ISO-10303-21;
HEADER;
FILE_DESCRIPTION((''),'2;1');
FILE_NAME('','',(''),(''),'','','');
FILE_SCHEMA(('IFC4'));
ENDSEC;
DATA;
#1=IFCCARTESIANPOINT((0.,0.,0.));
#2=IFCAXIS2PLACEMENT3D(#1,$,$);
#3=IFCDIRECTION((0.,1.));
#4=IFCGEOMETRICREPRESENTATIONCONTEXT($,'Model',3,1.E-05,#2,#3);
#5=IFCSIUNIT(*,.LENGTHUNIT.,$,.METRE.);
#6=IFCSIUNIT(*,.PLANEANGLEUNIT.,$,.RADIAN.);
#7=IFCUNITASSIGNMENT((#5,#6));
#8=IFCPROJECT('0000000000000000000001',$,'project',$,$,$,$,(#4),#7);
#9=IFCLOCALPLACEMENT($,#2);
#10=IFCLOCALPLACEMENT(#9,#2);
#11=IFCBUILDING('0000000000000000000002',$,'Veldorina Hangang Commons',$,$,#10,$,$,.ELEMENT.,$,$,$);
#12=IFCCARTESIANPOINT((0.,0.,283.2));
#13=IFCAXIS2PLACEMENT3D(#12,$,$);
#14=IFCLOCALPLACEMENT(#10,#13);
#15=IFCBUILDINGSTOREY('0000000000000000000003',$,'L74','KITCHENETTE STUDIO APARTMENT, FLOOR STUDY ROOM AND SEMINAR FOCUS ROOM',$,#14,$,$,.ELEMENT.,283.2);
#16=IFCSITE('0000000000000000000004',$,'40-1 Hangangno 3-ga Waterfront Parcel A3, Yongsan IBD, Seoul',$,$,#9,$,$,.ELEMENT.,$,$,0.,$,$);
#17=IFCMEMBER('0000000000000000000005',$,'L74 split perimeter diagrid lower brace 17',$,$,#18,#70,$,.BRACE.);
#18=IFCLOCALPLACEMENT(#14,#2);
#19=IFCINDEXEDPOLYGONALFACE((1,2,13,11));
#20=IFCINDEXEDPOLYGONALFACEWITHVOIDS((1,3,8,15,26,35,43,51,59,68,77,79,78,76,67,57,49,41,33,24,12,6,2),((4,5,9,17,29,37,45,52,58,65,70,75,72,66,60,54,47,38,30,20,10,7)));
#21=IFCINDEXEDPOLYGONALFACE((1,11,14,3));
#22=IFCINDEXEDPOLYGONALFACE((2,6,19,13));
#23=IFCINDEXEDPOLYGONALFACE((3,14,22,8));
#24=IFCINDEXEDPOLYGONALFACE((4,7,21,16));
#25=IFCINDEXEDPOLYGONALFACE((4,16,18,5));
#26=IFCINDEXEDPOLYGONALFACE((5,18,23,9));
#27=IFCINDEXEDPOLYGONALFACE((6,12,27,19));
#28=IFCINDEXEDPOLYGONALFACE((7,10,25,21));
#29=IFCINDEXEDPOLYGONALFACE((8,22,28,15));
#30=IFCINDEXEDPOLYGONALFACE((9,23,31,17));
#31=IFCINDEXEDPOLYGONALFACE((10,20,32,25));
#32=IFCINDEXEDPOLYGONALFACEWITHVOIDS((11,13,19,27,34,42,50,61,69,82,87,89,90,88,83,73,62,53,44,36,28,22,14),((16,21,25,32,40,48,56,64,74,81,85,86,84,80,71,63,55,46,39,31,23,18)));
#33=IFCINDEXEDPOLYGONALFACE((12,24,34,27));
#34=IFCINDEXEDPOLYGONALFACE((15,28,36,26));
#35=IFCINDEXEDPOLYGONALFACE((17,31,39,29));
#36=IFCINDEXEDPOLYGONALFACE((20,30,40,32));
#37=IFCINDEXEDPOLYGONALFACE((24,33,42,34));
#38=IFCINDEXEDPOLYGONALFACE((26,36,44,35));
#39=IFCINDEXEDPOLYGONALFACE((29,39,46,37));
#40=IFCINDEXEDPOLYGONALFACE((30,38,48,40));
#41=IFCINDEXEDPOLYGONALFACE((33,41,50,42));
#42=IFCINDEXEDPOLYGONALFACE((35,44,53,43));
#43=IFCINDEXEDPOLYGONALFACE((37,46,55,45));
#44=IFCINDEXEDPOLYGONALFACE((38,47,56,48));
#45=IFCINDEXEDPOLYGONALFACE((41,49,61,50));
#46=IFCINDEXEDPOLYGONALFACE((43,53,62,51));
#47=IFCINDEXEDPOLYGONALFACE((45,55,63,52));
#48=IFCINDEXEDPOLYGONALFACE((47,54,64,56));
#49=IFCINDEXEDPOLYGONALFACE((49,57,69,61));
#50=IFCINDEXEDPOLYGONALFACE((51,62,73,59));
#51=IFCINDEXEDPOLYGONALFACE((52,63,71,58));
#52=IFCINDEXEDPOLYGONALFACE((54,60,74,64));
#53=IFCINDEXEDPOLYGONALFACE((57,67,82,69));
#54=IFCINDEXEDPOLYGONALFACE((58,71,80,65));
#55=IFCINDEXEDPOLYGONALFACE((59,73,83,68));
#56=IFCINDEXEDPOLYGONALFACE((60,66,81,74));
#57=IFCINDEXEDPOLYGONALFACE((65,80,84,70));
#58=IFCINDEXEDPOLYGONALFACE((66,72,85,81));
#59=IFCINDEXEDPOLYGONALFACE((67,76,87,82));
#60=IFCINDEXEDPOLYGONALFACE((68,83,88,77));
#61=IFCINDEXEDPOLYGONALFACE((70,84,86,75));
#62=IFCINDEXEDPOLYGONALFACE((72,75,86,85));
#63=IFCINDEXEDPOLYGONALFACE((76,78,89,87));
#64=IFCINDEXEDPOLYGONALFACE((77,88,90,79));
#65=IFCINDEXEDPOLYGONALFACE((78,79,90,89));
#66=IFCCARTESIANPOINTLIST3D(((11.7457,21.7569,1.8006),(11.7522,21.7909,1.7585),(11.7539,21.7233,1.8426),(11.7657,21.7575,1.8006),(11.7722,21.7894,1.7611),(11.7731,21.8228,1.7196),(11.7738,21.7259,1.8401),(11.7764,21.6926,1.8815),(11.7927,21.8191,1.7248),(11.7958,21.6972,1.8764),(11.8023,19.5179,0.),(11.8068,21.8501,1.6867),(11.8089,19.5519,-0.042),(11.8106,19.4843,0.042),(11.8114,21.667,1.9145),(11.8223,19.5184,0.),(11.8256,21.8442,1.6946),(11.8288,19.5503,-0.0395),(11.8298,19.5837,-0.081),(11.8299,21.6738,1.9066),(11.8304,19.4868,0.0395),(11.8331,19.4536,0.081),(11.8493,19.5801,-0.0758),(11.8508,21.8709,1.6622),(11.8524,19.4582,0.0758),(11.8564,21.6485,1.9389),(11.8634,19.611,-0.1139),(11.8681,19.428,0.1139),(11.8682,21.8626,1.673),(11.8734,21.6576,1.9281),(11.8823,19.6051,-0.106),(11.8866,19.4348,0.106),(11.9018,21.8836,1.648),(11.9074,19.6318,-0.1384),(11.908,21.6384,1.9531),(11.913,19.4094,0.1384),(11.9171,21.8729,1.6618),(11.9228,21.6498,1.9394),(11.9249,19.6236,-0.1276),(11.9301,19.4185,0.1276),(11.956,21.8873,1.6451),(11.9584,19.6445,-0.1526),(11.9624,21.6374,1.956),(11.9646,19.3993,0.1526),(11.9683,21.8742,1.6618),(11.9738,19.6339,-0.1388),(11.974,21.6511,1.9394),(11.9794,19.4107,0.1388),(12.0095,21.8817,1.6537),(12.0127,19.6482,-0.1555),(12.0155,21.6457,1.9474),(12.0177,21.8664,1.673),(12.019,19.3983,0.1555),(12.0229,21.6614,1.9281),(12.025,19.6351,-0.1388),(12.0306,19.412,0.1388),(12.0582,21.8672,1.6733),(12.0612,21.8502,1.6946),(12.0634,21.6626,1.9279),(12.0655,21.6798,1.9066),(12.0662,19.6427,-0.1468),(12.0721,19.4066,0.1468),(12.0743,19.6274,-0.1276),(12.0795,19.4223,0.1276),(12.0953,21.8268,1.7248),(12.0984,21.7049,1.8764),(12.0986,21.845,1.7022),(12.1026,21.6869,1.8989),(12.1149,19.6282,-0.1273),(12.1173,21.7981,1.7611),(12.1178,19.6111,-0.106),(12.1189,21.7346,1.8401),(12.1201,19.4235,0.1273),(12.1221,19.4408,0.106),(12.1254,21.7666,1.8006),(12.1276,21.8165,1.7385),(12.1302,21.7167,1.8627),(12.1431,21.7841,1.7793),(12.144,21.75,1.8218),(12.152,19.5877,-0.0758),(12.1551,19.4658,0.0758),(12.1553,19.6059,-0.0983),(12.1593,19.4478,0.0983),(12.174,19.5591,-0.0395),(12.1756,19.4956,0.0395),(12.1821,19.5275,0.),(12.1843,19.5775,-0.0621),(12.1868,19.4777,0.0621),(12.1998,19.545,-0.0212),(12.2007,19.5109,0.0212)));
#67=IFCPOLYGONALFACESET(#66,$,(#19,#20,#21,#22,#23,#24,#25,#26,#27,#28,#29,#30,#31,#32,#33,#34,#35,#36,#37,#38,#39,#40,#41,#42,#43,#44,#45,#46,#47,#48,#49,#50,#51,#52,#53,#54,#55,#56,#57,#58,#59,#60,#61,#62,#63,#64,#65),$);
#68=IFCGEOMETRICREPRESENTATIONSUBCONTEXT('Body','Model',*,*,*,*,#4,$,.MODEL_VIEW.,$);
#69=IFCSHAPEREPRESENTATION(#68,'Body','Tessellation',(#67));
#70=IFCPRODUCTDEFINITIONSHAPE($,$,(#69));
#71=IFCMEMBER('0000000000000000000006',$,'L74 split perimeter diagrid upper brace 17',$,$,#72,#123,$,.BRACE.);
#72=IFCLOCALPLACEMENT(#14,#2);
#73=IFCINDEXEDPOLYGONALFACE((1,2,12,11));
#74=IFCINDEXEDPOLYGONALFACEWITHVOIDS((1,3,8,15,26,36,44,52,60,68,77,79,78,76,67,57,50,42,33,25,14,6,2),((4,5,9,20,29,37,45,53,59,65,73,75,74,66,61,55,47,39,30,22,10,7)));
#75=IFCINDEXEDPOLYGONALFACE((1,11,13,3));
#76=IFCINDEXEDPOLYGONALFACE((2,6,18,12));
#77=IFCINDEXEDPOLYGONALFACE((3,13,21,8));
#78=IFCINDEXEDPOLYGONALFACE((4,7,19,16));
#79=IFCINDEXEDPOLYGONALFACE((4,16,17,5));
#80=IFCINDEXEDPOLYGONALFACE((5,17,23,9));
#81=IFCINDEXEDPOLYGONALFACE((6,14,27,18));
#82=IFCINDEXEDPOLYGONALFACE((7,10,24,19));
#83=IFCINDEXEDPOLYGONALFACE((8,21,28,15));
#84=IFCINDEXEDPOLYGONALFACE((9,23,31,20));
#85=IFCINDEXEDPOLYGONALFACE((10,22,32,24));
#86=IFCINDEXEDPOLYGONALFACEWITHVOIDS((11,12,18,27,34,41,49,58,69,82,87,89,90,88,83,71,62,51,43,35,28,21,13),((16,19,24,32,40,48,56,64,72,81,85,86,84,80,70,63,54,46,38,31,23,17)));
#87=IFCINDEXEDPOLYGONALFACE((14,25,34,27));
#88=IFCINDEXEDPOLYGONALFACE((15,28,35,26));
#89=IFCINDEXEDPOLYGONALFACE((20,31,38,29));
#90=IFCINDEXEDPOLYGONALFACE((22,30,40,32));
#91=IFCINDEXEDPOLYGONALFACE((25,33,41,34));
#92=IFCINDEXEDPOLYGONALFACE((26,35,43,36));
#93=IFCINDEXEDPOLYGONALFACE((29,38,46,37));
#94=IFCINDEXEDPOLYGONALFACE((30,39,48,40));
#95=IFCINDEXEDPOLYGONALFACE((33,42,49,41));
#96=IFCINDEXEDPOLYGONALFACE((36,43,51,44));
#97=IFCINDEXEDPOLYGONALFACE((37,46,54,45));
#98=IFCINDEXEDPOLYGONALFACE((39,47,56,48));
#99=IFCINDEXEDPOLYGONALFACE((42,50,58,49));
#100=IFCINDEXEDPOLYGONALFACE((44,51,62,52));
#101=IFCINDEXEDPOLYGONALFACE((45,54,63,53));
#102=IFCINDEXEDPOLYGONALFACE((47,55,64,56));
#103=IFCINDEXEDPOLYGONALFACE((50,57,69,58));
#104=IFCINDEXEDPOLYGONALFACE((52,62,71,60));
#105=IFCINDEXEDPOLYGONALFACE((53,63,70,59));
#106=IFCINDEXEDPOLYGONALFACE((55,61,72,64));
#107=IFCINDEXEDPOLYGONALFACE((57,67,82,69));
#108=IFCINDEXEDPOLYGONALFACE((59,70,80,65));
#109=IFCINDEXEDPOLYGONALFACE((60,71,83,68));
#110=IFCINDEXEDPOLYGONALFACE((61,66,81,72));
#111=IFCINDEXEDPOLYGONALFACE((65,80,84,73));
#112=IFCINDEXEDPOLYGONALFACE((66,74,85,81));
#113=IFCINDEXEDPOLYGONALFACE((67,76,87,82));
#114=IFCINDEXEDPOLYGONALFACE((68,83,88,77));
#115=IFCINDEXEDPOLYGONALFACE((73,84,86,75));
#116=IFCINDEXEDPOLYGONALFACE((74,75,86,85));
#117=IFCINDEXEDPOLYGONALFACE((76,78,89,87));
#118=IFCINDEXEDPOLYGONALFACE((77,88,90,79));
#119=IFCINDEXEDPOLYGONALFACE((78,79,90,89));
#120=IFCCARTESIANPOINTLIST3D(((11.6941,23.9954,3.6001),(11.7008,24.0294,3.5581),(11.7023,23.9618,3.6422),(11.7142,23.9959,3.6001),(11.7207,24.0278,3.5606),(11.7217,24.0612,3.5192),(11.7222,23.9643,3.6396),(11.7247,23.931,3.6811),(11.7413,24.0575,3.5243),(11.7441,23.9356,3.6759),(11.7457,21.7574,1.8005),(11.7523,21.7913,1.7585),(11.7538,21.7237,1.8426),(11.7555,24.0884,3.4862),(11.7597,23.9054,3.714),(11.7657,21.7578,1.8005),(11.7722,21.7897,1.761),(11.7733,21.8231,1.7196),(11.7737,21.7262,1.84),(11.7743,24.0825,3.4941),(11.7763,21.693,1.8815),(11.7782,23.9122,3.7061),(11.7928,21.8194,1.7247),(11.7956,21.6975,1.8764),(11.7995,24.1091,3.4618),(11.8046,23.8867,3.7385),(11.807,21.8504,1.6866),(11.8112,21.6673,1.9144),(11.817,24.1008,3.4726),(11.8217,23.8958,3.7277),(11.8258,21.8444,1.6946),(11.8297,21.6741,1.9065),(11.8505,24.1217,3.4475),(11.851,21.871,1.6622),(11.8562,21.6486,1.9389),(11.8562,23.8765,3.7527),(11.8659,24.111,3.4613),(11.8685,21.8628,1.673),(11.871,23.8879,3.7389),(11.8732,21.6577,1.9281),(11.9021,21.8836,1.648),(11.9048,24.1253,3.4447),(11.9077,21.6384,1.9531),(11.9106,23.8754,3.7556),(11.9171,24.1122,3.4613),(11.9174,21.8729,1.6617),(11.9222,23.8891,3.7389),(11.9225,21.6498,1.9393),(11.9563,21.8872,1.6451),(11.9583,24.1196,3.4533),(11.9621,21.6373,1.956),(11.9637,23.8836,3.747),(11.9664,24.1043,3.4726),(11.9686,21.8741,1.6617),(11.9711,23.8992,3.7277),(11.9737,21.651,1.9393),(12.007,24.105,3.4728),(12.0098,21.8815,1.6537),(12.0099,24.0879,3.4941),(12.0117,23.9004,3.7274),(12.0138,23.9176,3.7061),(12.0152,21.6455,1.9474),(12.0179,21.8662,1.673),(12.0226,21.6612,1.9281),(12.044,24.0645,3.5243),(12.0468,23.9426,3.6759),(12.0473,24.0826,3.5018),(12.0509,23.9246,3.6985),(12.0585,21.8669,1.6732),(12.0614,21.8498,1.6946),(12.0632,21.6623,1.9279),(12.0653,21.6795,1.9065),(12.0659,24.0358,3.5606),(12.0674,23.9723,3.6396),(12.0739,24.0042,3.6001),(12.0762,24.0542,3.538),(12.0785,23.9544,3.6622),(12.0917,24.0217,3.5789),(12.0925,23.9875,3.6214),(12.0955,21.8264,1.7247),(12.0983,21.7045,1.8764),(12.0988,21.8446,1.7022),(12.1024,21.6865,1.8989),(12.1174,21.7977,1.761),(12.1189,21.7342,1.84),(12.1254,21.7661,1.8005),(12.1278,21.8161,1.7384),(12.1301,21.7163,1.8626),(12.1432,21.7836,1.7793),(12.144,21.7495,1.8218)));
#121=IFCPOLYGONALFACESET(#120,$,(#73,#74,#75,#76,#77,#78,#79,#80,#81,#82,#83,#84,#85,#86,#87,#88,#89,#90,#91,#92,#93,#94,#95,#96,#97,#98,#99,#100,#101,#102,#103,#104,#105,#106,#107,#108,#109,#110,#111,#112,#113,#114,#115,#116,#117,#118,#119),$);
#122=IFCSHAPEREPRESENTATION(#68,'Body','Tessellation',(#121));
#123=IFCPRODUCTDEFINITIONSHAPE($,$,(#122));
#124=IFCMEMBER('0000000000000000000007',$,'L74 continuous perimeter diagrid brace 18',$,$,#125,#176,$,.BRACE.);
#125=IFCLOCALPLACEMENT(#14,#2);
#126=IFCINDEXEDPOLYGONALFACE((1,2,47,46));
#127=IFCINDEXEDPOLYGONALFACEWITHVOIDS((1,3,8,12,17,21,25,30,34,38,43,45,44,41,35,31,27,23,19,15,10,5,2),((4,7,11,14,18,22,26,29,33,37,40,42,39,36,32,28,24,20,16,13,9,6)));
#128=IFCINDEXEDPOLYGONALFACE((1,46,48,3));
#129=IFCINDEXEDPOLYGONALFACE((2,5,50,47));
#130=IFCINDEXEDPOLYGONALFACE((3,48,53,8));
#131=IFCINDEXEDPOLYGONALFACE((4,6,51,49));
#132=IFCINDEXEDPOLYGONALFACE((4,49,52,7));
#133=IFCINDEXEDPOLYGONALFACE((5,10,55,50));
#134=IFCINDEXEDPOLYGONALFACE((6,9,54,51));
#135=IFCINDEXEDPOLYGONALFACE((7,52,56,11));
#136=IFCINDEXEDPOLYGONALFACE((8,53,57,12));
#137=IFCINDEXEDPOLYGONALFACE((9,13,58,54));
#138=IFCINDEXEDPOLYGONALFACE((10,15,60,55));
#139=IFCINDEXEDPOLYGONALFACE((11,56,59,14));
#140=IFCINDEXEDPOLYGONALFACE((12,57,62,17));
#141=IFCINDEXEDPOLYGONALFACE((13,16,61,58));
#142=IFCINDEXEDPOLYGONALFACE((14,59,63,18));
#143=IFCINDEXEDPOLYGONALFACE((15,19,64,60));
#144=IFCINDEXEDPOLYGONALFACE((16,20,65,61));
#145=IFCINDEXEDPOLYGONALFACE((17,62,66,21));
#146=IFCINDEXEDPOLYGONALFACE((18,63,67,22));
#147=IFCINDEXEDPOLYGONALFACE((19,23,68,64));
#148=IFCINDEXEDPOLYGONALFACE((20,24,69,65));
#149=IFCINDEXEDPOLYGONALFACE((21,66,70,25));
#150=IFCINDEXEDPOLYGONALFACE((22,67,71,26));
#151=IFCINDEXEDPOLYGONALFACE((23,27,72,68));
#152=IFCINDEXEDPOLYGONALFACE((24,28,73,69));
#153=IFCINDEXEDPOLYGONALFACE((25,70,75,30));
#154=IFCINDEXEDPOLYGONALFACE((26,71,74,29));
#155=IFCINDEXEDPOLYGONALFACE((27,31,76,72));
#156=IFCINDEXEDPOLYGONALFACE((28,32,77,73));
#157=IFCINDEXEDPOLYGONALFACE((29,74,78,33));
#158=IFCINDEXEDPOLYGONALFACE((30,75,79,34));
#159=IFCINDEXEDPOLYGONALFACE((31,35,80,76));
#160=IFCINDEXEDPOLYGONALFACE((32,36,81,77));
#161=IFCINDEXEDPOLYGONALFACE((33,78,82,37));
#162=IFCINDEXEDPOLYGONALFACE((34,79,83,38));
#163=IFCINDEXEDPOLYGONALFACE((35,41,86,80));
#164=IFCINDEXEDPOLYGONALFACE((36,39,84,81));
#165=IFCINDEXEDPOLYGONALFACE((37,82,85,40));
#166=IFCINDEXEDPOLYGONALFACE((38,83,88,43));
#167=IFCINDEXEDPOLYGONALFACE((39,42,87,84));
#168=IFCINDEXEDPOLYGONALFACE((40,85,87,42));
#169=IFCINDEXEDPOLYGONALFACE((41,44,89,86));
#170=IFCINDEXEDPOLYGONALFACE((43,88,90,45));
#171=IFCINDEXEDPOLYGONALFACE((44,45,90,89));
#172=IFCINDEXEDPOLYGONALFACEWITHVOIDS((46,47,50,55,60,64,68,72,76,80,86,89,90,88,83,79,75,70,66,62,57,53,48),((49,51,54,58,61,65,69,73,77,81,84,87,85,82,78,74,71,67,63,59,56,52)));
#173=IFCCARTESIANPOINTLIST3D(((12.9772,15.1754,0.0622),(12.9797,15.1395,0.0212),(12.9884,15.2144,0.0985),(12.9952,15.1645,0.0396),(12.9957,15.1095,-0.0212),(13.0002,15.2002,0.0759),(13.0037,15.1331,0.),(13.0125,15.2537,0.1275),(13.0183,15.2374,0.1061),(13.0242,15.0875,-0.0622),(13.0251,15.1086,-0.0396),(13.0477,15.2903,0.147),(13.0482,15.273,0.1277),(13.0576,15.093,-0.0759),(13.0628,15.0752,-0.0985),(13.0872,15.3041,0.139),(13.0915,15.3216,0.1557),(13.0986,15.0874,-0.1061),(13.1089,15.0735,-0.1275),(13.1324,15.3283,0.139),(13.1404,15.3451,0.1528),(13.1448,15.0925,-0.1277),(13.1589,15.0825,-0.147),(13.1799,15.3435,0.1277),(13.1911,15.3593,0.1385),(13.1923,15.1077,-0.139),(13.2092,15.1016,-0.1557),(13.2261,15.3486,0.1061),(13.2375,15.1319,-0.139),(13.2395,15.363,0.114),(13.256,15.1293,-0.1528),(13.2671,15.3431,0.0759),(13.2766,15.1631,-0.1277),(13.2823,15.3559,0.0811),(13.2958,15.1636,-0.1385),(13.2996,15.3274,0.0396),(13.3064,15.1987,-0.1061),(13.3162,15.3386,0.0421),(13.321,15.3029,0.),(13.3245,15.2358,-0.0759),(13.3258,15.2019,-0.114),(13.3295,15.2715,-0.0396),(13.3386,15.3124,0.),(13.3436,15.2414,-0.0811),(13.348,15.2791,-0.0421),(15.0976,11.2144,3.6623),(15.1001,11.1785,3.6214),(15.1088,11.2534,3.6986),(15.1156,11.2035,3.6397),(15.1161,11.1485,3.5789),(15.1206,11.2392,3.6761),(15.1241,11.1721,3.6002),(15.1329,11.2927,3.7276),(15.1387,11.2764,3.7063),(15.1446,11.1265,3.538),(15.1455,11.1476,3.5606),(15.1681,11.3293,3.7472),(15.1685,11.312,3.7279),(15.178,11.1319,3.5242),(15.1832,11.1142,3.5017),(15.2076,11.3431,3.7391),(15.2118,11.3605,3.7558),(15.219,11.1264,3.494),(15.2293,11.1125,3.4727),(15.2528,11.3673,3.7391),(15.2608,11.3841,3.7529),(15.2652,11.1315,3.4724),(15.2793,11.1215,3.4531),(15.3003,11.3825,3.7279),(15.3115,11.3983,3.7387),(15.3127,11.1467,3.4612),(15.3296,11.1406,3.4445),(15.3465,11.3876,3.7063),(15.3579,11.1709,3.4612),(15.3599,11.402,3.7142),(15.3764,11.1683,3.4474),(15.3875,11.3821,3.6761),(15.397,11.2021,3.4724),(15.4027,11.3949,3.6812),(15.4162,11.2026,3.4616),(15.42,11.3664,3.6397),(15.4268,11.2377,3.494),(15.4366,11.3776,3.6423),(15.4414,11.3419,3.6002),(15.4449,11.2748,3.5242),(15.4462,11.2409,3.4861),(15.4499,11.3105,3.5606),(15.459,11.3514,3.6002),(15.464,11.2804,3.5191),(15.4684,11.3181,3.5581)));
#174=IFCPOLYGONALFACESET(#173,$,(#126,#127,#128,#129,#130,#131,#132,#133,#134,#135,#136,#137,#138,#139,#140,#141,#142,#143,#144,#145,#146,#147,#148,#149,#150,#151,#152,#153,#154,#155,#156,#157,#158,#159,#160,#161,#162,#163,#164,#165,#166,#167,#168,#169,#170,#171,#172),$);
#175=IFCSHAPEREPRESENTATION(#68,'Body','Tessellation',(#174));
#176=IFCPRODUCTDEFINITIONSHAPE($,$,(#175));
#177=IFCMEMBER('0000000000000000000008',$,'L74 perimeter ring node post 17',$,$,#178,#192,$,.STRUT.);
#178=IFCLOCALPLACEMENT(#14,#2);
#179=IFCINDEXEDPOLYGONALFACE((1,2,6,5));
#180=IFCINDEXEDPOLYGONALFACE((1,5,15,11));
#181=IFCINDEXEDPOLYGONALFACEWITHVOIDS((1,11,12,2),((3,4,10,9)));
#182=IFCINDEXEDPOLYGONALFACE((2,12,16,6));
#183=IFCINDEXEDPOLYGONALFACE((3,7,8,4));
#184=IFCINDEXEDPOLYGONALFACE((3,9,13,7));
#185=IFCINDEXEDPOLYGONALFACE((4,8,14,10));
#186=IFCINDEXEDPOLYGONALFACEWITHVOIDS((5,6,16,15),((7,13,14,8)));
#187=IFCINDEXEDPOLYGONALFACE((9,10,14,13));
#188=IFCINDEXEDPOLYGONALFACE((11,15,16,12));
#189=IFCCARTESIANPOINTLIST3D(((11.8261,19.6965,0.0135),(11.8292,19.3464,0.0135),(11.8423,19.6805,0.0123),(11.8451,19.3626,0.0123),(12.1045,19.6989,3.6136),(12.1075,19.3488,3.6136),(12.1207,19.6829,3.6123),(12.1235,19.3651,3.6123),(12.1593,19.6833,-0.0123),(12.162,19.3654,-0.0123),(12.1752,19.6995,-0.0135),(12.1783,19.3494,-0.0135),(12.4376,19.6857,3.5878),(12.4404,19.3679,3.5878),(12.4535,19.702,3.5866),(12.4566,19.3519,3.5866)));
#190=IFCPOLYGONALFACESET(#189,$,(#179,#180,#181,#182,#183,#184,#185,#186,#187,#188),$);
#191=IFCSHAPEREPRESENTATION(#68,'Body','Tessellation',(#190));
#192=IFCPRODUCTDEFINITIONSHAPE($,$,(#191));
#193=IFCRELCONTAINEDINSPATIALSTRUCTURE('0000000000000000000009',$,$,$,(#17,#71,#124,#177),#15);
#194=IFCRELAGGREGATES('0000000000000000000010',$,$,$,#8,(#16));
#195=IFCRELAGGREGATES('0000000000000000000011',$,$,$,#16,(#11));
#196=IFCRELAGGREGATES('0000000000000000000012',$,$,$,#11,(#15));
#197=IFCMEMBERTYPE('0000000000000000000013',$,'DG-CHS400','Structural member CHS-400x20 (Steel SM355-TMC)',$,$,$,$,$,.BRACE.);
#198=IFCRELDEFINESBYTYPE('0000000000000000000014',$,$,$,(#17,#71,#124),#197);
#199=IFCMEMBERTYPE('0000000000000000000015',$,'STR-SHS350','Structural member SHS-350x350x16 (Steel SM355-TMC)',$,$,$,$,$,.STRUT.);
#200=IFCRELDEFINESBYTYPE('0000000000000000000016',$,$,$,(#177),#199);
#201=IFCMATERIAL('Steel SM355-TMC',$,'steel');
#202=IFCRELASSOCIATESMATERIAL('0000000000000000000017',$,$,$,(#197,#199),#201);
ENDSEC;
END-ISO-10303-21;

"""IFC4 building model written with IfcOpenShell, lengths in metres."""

from ifc_helpers import new_model, si_unit, direction, frame, origin, origin_2d, place, context, subcontext, project, spatial, hollow_rectangle, hollow_circle, extrude, material, material_profile, profile_set, type_object, element, save


model = new_model("IFC4")

# Units and contexts
model_context = context("Model", 3, precision=1e-05, world=origin(), true_north=direction((0.0, 1.0)))
body_context = subcontext(model_context, "Body", "Model", "MODEL_VIEW")
ifc_project = project(units=[si_unit("LENGTHUNIT", "METRE"), si_unit("PLANEANGLEUNIT", "RADIAN")], contexts=[model_context])

# Site, building, storey
site_placement = place(None, origin())
site = spatial("IfcSite", under=ifc_project, at=site_placement, Name="40-1 Hangangno 3-ga Waterfront Parcel A3, Yongsan IBD, Seoul", CompositionType="ELEMENT", RefElevation=0.0)
building_placement = place(site_placement, origin())
building = spatial("IfcBuilding", under=site, at=building_placement, Name="Veldorina Hangang Commons", CompositionType="ELEMENT")
storey_placement = place(building_placement, frame((0.0, 0.0, 283.2)))
storey = spatial("IfcBuildingStorey", under=building, at=storey_placement, Name="L74", Description="KITCHENETTE STUDIO APARTMENT, FLOOR STUDY ROOM AND SEMINAR FOCUS ROOM", CompositionType="ELEMENT", Elevation=283.2)

# Shared definitions
ifc_material_1 = material(Name="Steel SM355-TMC", Category="steel")

# Members
ifc_material_profile_1 = material_profile(ifc_material_1, hollow_circle(Radius=0.2, WallThickness=0.02, at=origin_2d()), Name="CHS-400x20")
ifc_profile_set_1 = profile_set([ifc_material_profile_1], Name="Steel SM355-TMC")
member_type_1 = type_object("IfcMemberType", Name="DG-CHS400", Description="Structural member CHS-400x20 (Steel SM355-TMC)", PredefinedType="BRACE", material=ifc_profile_set_1)
member_1_placement = place(storey_placement, frame((12.0022, 19.5229, 0.0), z_axis=(-0.01971, 0.779132, 0.626551), x_axis=(-0.99968, -0.025289, 0.0)))
element("IfcMember", 1, at=member_1_placement, inside=storey, type_object=member_type_1, Name="L74 split perimeter diagrid lower brace 17", PredefinedType="BRACE", context=body_context, shape_type="SweptSolid", body=[
    extrude(hollow_circle(Radius=0.2, WallThickness=0.02, at=origin_2d()), origin(), (0.0, 0.0, 1.0), 2.8738),
])
member_2_placement = place(storey_placement, frame((11.9456, 21.762, 1.8005), z_axis=(-0.017935, 0.77919, 0.626531), x_axis=(-0.999735, -0.023011, 0.0)))
element("IfcMember", 2, at=member_2_placement, inside=storey, type_object=member_type_1, Name="L74 split perimeter diagrid upper brace 17", PredefinedType="BRACE", context=body_context, shape_type="SweptSolid", body=[
    extrude(hollow_circle(Radius=0.2, WallThickness=0.02, at=origin_2d()), origin(), (0.0, 0.0, 1.0), 2.8723),
])
member_3_placement = place(storey_placement, frame((13.1624, 15.218, 0.0), z_axis=(0.368296, -0.687994, 0.625318), x_axis=(0.881625, 0.47195, 0.0)))
element("IfcMember", 3, at=member_3_placement, inside=storey, type_object=member_type_1, Name="L74 continuous perimeter diagrid brace 18", PredefinedType="BRACE", context=body_context, shape_type="SweptSolid", body=[
    extrude(hollow_circle(Radius=0.2, WallThickness=0.02, at=origin_2d()), origin(), (0.0, 0.0, 1.0), 5.7573),
])
ifc_material_profile_2 = material_profile(ifc_material_1, hollow_rectangle(XDim=0.3501, YDim=0.3501, WallThickness=0.0161, at=origin_2d()), Name="SHS-350x350x16")
ifc_profile_set_2 = profile_set([ifc_material_profile_2], Name="Steel SM355-TMC")
member_type_2 = type_object("IfcMemberType", Name="STR-SHS350", Description="Structural member SHS-350x350x16 (Steel SM355-TMC)", PredefinedType="STRUT", material=ifc_profile_set_2)
member_4_placement = place(storey_placement, frame((12.0022, 19.5229, 0.0), z_axis=(0.077079, 0.000676, 0.997025), x_axis=(-0.008772, 0.999962, 0.0)))
element("IfcMember", 4, at=member_4_placement, inside=storey, type_object=member_type_2, Name="L74 perimeter ring node post 17", PredefinedType="STRUT", context=body_context, shape_type="SweptSolid", body=[
    extrude(hollow_rectangle(XDim=0.3501, YDim=0.3501, WallThickness=0.0161, at=origin_2d()), origin(), (0.0, 0.0, 1.0), 3.6108),
])

save(model, "model.ifc")
